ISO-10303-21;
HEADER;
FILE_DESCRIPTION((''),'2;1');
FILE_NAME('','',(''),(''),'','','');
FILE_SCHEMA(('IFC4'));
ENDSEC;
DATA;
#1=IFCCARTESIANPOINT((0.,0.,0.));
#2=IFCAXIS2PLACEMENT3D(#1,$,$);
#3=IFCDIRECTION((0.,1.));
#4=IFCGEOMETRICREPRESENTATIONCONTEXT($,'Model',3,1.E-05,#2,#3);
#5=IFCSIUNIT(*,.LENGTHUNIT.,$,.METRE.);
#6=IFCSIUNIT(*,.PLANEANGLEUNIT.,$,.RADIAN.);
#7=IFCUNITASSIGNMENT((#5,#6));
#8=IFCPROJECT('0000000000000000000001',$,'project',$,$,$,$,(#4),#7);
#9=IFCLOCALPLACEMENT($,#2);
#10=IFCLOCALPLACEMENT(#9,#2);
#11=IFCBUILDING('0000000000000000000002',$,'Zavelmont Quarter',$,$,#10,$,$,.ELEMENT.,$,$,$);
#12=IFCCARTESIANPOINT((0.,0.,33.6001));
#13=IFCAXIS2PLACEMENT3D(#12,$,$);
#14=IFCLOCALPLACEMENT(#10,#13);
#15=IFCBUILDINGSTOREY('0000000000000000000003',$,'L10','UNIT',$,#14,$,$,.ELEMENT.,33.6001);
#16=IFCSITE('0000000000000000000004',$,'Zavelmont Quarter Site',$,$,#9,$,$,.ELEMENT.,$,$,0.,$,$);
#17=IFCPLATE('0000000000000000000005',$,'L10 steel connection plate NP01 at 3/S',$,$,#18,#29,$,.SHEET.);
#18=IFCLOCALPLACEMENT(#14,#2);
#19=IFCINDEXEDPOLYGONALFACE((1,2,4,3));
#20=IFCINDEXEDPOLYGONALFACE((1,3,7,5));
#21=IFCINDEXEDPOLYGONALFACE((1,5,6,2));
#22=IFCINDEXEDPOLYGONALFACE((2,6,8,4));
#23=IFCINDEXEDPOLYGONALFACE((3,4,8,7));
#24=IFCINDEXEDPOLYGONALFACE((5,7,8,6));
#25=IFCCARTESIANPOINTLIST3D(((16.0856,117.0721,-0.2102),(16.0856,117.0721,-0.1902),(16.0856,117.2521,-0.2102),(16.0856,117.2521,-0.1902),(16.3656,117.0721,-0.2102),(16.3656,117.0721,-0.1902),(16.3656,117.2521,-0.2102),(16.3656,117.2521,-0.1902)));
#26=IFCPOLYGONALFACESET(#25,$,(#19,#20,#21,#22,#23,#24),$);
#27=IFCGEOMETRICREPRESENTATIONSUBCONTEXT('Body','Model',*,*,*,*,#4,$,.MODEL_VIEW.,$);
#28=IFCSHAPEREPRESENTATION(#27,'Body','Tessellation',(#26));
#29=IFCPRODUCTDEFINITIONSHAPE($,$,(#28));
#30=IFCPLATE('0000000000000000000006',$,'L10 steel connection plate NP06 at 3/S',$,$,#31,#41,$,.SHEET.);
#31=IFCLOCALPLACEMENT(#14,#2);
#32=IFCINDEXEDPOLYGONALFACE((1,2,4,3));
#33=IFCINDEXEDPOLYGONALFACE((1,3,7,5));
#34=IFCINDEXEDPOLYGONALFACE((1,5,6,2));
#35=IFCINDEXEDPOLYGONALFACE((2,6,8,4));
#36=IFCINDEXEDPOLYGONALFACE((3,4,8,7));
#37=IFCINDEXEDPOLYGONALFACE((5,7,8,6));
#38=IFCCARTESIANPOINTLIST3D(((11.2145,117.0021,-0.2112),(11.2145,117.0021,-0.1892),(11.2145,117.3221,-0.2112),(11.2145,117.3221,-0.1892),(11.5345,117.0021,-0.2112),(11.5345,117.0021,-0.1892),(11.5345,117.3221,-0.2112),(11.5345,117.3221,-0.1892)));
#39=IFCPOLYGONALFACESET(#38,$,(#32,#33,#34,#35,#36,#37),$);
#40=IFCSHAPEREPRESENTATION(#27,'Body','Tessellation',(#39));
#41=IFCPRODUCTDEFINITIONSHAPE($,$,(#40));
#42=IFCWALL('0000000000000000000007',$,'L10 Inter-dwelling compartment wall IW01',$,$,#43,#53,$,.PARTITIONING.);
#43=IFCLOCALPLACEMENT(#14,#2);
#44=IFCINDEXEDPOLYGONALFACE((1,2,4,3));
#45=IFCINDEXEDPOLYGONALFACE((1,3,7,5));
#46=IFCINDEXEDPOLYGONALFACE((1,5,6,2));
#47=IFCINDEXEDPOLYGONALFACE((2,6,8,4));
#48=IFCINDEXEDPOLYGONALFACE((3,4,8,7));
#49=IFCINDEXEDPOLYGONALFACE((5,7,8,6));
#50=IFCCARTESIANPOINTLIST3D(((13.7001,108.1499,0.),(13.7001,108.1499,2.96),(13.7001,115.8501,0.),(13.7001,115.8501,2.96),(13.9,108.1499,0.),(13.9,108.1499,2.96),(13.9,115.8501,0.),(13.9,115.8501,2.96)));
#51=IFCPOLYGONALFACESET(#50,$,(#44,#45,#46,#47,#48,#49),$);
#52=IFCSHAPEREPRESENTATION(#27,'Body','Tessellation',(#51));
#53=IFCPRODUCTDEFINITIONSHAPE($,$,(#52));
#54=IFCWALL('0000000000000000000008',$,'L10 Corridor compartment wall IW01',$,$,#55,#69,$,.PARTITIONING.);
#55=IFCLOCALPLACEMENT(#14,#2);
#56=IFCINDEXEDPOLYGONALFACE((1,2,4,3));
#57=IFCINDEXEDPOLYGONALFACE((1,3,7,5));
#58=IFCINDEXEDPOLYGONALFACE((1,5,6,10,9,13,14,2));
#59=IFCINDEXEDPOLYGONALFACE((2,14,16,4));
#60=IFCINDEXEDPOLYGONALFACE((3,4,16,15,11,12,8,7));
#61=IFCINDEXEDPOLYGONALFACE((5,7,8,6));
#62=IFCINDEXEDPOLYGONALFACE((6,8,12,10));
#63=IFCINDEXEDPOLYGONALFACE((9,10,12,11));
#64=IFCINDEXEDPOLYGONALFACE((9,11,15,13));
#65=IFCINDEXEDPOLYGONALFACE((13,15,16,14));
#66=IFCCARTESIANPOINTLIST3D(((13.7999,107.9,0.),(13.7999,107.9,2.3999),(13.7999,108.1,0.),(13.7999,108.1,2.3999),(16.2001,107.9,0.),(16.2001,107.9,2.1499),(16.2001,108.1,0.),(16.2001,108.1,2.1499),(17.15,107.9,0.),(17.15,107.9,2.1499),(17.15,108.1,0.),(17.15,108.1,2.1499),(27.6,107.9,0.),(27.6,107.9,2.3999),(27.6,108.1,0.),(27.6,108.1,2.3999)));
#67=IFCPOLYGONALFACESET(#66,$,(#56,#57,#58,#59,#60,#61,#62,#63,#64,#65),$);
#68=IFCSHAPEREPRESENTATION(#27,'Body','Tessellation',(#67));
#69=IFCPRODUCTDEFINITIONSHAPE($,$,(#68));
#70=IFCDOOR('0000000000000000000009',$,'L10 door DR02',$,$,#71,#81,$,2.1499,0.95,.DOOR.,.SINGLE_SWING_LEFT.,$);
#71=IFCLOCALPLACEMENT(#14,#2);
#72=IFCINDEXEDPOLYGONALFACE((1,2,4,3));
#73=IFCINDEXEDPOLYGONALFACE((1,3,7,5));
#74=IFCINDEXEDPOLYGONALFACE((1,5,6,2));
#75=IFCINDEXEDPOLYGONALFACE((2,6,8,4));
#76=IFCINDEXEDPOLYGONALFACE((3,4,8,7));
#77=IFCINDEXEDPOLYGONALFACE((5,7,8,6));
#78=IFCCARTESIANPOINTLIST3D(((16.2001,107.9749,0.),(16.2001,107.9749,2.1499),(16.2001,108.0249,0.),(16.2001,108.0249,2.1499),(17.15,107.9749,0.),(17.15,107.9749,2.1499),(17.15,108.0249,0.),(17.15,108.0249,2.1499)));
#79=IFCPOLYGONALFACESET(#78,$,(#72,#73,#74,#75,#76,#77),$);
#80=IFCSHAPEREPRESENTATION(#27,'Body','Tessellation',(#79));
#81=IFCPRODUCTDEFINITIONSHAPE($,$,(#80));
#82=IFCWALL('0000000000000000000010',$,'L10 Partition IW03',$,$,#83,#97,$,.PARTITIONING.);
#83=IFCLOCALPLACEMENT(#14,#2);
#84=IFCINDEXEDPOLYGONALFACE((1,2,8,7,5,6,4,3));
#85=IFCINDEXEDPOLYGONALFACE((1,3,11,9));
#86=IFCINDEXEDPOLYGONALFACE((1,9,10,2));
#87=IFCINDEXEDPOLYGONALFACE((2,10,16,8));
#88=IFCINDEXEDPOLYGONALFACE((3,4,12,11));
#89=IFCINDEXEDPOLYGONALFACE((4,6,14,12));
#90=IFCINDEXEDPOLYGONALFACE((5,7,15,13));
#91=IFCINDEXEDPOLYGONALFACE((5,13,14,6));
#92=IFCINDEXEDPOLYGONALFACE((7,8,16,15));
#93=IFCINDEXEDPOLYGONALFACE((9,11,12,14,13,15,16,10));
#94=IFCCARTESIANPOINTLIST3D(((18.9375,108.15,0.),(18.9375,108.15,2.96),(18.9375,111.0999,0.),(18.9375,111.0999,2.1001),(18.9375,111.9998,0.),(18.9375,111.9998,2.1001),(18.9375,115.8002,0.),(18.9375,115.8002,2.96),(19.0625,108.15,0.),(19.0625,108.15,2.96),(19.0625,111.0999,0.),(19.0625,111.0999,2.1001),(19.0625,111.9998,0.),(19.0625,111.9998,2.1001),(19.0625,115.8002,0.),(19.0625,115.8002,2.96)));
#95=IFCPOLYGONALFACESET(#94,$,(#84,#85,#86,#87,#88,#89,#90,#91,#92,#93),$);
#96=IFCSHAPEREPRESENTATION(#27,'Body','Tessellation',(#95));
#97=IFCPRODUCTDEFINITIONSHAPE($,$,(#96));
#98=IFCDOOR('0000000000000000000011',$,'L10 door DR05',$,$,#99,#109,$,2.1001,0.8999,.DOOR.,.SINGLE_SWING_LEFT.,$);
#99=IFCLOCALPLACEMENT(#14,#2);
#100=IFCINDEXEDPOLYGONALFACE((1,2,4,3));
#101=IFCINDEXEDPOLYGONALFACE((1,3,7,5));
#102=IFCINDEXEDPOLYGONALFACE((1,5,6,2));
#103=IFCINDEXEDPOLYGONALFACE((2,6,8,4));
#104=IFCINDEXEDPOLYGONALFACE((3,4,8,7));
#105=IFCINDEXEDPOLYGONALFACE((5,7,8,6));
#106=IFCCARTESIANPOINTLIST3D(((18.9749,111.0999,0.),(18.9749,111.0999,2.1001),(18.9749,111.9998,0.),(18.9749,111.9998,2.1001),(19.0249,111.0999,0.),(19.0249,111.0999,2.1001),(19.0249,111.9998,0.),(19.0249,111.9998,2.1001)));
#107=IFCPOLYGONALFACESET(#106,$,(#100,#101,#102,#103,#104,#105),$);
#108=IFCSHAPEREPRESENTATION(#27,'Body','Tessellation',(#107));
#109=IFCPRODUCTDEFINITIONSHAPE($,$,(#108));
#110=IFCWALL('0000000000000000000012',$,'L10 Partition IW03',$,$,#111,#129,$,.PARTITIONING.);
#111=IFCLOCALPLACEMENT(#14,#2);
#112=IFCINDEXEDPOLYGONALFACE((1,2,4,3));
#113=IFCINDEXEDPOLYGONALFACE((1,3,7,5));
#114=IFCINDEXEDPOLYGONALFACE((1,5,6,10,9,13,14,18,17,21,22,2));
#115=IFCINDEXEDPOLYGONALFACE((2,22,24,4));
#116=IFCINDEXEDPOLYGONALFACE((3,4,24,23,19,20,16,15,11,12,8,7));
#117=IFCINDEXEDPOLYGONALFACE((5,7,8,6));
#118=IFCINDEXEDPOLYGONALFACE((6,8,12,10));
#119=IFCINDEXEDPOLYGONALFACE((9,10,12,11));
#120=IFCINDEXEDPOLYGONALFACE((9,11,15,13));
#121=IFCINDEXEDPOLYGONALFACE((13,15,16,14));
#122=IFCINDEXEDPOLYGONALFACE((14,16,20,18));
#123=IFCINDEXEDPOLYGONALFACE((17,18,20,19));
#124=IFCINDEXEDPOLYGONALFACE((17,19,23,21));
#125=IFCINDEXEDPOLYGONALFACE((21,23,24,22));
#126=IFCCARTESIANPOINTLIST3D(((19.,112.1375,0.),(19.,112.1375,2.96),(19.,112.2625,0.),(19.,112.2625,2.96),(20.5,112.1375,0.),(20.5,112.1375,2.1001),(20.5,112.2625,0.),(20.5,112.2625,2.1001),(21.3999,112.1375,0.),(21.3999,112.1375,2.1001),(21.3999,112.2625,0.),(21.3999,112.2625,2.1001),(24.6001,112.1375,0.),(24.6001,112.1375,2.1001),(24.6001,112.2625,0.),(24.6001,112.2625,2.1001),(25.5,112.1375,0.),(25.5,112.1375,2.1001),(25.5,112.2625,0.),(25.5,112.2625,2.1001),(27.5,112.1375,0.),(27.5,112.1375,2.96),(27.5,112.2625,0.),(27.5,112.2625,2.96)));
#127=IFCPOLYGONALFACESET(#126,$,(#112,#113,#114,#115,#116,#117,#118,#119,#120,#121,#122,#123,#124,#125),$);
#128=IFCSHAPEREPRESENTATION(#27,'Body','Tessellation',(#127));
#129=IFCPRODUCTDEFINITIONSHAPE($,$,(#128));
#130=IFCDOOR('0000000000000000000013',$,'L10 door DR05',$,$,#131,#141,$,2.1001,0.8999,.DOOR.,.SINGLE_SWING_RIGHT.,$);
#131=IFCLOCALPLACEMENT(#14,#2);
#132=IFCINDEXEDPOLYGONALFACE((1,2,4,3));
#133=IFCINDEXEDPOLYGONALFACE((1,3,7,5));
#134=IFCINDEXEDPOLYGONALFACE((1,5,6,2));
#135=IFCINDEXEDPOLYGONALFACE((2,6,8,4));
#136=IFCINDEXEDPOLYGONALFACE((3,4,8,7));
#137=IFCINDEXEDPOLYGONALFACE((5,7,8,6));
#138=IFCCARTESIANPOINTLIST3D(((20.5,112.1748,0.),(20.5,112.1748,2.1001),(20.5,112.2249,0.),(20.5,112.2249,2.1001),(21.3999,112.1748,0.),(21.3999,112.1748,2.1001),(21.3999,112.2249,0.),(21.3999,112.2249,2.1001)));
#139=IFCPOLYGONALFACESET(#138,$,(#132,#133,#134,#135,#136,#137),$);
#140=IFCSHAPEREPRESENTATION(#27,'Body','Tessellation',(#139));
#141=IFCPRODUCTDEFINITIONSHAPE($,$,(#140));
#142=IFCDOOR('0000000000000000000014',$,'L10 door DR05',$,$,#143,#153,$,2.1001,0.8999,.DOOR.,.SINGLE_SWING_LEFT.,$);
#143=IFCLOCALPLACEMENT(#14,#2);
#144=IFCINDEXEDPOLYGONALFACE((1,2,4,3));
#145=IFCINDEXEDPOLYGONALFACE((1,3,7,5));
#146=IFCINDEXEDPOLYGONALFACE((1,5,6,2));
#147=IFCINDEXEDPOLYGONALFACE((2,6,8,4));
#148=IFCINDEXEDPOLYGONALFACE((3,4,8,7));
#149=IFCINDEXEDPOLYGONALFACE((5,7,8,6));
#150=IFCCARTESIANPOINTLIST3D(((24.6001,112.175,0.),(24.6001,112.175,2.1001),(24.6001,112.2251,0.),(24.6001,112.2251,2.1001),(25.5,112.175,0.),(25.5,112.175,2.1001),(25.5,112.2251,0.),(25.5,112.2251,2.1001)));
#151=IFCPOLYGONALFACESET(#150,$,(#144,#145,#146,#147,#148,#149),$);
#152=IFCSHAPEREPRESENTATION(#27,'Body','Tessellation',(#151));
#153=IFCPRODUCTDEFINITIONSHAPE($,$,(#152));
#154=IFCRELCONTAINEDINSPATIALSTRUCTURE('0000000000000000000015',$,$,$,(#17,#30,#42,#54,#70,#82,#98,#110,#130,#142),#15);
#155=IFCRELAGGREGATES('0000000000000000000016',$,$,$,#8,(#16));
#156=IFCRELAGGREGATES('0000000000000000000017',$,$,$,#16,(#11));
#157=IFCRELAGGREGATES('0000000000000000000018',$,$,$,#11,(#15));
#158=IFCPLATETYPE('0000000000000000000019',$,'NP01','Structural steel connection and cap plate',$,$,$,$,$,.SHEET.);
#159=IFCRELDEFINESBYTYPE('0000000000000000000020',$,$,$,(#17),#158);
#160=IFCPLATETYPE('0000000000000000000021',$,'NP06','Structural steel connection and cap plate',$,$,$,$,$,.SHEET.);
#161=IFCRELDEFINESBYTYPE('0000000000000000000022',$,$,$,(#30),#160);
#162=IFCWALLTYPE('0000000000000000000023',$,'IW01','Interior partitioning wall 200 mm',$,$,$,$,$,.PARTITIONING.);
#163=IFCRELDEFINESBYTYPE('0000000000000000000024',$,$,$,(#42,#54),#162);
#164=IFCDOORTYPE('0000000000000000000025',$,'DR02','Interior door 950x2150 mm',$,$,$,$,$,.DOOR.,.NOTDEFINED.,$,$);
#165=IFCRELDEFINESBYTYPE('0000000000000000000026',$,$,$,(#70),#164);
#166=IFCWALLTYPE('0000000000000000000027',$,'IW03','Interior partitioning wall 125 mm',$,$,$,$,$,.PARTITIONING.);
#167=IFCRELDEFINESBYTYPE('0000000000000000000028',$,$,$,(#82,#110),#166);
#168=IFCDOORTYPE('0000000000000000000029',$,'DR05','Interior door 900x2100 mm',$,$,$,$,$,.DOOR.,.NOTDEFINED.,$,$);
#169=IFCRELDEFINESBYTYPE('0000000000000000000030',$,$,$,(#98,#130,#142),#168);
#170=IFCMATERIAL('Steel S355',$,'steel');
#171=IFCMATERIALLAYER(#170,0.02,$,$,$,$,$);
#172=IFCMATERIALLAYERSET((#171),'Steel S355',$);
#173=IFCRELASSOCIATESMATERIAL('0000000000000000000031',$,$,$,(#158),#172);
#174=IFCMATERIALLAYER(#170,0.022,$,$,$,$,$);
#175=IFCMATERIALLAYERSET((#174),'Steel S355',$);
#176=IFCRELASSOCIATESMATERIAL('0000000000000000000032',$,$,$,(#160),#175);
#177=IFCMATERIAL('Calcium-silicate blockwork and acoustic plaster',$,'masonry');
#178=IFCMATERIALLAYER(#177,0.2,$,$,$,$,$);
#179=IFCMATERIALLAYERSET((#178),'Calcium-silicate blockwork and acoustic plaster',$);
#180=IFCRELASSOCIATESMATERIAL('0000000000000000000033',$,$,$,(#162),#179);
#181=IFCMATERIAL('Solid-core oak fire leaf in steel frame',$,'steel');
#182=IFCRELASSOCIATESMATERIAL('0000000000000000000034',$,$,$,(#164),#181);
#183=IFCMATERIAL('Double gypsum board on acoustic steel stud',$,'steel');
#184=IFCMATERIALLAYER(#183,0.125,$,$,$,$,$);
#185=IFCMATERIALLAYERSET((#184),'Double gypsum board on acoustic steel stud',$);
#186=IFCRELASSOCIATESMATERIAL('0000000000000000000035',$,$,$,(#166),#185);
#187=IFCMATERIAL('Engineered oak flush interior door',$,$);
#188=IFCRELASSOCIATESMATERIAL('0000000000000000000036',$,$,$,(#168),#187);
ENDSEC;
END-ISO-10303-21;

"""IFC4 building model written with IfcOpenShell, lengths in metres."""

from ifc_helpers import new_model, si_unit, direction, frame, frame_2d, origin, origin_with_axes, origin_2d, place, context, subcontext, project, spatial, rectangle, extrude, material, layer, layer_set, type_object, element, fill, save


model = new_model("IFC4")

# Units and contexts
model_context = context("Model", 3, precision=1e-05, world=origin(), true_north=direction((0.0, 1.0)))
body_context = subcontext(model_context, "Body", "Model", "MODEL_VIEW")
ifc_project = project(units=[si_unit("LENGTHUNIT", "METRE"), si_unit("PLANEANGLEUNIT", "RADIAN")], contexts=[model_context])

# Site, building, storey
site_placement = place(None, origin())
site = spatial("IfcSite", under=ifc_project, at=site_placement, Name="Zavelmont Quarter Site", CompositionType="ELEMENT", RefElevation=0.0)
building_placement = place(site_placement, origin())
building = spatial("IfcBuilding", under=site, at=building_placement, Name="Zavelmont Quarter", CompositionType="ELEMENT")
storey_placement = place(building_placement, frame((0.0, 0.0, 33.6001)))
storey = spatial("IfcBuildingStorey", under=building, at=storey_placement, Name="L10", Description="UNIT", CompositionType="ELEMENT", Elevation=33.6001)

# Shared definitions
ifc_material_1 = material(Name="Steel S355", Category="steel")

# Plates
ifc_layer_1 = layer(ifc_material_1, 0.02)
ifc_layer_set_1 = layer_set([ifc_layer_1], Name="Steel S355")
plate_type_1 = type_object("IfcPlateType", Name="NP01", Description="Structural steel connection and cap plate", PredefinedType="SHEET", material=ifc_layer_set_1)
plate_1_placement = place(storey_placement, frame((16.2256, 117.1621, -0.2102), z_axis=(0.0, 0.0, 1.0), x_axis=(1.0, 0.0, 0.0)))
element("IfcPlate", 1, at=plate_1_placement, inside=storey, type_object=plate_type_1, Name="L10 steel connection plate NP01 at 3/S", PredefinedType="SHEET", context=body_context, shape_type="SweptSolid", body=[
    extrude(rectangle(XDim=0.28, YDim=0.1799, at=origin_2d()), origin(), (0.0, 0.0, 1.0), 0.02),
])
ifc_layer_2 = layer(ifc_material_1, 0.022)
ifc_layer_set_2 = layer_set([ifc_layer_2], Name="Steel S355")
plate_type_2 = type_object("IfcPlateType", Name="NP06", Description="Structural steel connection and cap plate", PredefinedType="SHEET", material=ifc_layer_set_2)
plate_2_placement = place(storey_placement, frame((11.3745, 117.1621, -0.2112), z_axis=(0.0, 0.0, 1.0), x_axis=(1.0, 0.0, 0.0)))
element("IfcPlate", 2, at=plate_2_placement, inside=storey, type_object=plate_type_2, Name="L10 steel connection plate NP06 at 3/S", PredefinedType="SHEET", context=body_context, shape_type="SweptSolid", body=[
    extrude(rectangle(XDim=0.3201, YDim=0.3201, at=origin_2d()), origin(), (0.0, 0.0, 1.0), 0.022),
])

# Wall
ifc_material_2 = material(Name="Calcium-silicate blockwork and acoustic plaster", Category="masonry")
ifc_layer_3 = layer(ifc_material_2, 0.2)
ifc_layer_set_3 = layer_set([ifc_layer_3], Name="Calcium-silicate blockwork and acoustic plaster")
wall_type_1 = type_object("IfcWallType", Name="IW01", Description="Interior partitioning wall 200 mm", PredefinedType="PARTITIONING", material=ifc_layer_set_3)
wall_1_placement = place(storey_placement, frame((13.8, 108.1499, 0.0), z_axis=(0.0, 0.0, 1.0), x_axis=(0.0, 1.0, 0.0)))
element("IfcWall", 3, at=wall_1_placement, inside=storey, type_object=wall_type_1, Name="L10 Inter-dwelling compartment wall IW01", PredefinedType="PARTITIONING", context=body_context, shape_type="SweptSolid", body=[
    extrude(rectangle(XDim=7.7002, YDim=0.2, at=frame_2d((3.8501, 0.0))), origin(), (0.0, 0.0, 1.0), 2.96),
])

# Walls, openings, doors
wall_2_placement = place(storey_placement, frame((13.8, 108.0, 0.0), z_axis=(0.0, 0.0, 1.0), x_axis=(1.0, 0.0, 0.0)))
wall_2 = element("IfcWall", 4, at=wall_2_placement, inside=storey, type_object=wall_type_1, Name="L10 Corridor compartment wall IW01", PredefinedType="PARTITIONING", context=body_context, shape_type="SweptSolid", body=[
    extrude(rectangle(XDim=13.8, YDim=0.2, at=frame_2d((6.8999, 0.0))), origin(), (0.0, 0.0, 1.0), 2.3999),
])
opening_1_placement = place(wall_2_placement, frame((2.3999, 0.0, 0.0)))
opening_1 = element("IfcOpeningElement", 5, at=opening_1_placement, cuts=wall_2, PredefinedType="OPENING", context=body_context, shape_type="SweptSolid", body=[
    extrude(rectangle(XDim=0.95, YDim=2.1499, at=frame_2d((0.4751, 1.075))), frame((0.0, 0.1118, 0.0), z_axis=(0.0, -1.0, 0.0), x_axis=(1.0, 0.0, 0.0)), (0.0, 0.0, 1.0), 0.2239),
])
ifc_material_3 = material(Name="Solid-core oak fire leaf in steel frame", Category="steel")
door_type_1 = type_object("IfcDoorType", Name="DR02", Description="Interior door 950x2150 mm", OperationType="NOTDEFINED", PredefinedType="DOOR", material=ifc_material_3)
door_1_placement = place(opening_1_placement, origin_with_axes())
door_1 = element("IfcDoor", 6, at=door_1_placement, inside=storey, type_object=door_type_1, Name="L10 door DR02", OperationType="SINGLE_SWING_LEFT", OverallHeight=2.1499, OverallWidth=0.95, PredefinedType="DOOR", context=body_context, shape_type="SweptSolid", body=[
    extrude(rectangle(XDim=0.95, YDim=2.1499, at=frame_2d((0.4751, 1.075))), frame((0.0, 0.0249, 0.0), z_axis=(0.0, -1.0, 0.0), x_axis=(1.0, 0.0, 0.0)), (0.0, 0.0, 1.0), 0.05),
])
fill(opening_1, door_1)
ifc_material_4 = material(Name="Double gypsum board on acoustic steel stud", Category="steel")
ifc_layer_4 = layer(ifc_material_4, 0.125)
ifc_layer_set_4 = layer_set([ifc_layer_4], Name="Double gypsum board on acoustic steel stud")
wall_type_2 = type_object("IfcWallType", Name="IW03", Description="Interior partitioning wall 125 mm", PredefinedType="PARTITIONING", material=ifc_layer_set_4)
wall_3_placement = place(storey_placement, frame((19.0, 108.1499, 0.0), z_axis=(0.0, 0.0, 1.0), x_axis=(0.0, 1.0, 0.0)))
wall_3 = element("IfcWall", 7, at=wall_3_placement, inside=storey, type_object=wall_type_2, Name="L10 Partition IW03", PredefinedType="PARTITIONING", context=body_context, shape_type="SweptSolid", body=[
    extrude(rectangle(XDim=7.6501, YDim=0.125, at=frame_2d((3.8252, 0.0))), origin(), (0.0, 0.0, 1.0), 2.96),
])
opening_2_placement = place(wall_3_placement, frame((2.95, 0.0, 0.0)))
opening_2 = element("IfcOpeningElement", 8, at=opening_2_placement, cuts=wall_3, PredefinedType="OPENING", context=body_context, shape_type="SweptSolid", body=[
    extrude(rectangle(XDim=0.8999, YDim=2.1001, at=frame_2d((0.45, 1.05))), frame((0.0, 0.0745, 0.0), z_axis=(0.0, -1.0, 0.0), x_axis=(1.0, 0.0, 0.0)), (0.0, 0.0, 1.0), 0.1489),
])
ifc_material_5 = material(Name="Engineered oak flush interior door")
door_type_2 = type_object("IfcDoorType", Name="DR05", Description="Interior door 900x2100 mm", OperationType="NOTDEFINED", PredefinedType="DOOR", material=ifc_material_5)
door_2_placement = place(opening_2_placement, frame((0.8999, 0.0, 0.0), z_axis=(0.0, 0.0, 1.0), x_axis=(-1.0, 0.0, 0.0)))
door_2 = element("IfcDoor", 9, at=door_2_placement, inside=storey, type_object=door_type_2, Name="L10 door DR05", OperationType="SINGLE_SWING_LEFT", OverallHeight=2.1001, OverallWidth=0.8999, PredefinedType="DOOR", context=body_context, shape_type="SweptSolid", body=[
    extrude(rectangle(XDim=0.8999, YDim=2.1001, at=frame_2d((0.45, 1.05))), frame((0.0, 0.0249, 0.0), z_axis=(0.0, -1.0, 0.0), x_axis=(1.0, 0.0, 0.0)), (0.0, 0.0, 1.0), 0.05),
])
fill(opening_2, door_2)

# Wall, openings, doors
wall_4_placement = place(storey_placement, frame((19.0, 112.2, 0.0), z_axis=(0.0, 0.0, 1.0), x_axis=(1.0, 0.0, 0.0)))
wall_4 = element("IfcWall", 10, at=wall_4_placement, inside=storey, type_object=wall_type_2, Name="L10 Partition IW03", PredefinedType="PARTITIONING", context=body_context, shape_type="SweptSolid", body=[
    extrude(rectangle(XDim=8.5, YDim=0.125, at=frame_2d((4.25, 0.0))), origin(), (0.0, 0.0, 1.0), 2.96),
])
opening_3_placement = place(wall_4_placement, frame((1.5, 0.0, 0.0)))
opening_3 = element("IfcOpeningElement", 11, at=opening_3_placement, cuts=wall_4, PredefinedType="OPENING", context=body_context, shape_type="SweptSolid", body=[
    extrude(rectangle(XDim=0.8999, YDim=2.1001, at=frame_2d((0.45, 1.05))), frame((0.0, 0.0745, 0.0), z_axis=(0.0, -1.0, 0.0), x_axis=(1.0, 0.0, 0.0)), (0.0, 0.0, 1.0), 0.1489),
])
opening_4_placement = place(wall_4_placement, frame((5.6001, 0.0, 0.0)))
opening_4 = element("IfcOpeningElement", 12, at=opening_4_placement, cuts=wall_4, PredefinedType="OPENING", context=body_context, shape_type="SweptSolid", body=[
    extrude(rectangle(XDim=0.8999, YDim=2.1001, at=frame_2d((0.45, 1.05))), frame((0.0, 0.0745, 0.0), z_axis=(0.0, -1.0, 0.0), x_axis=(1.0, 0.0, 0.0)), (0.0, 0.0, 1.0), 0.1489),
])
door_3_placement = place(opening_3_placement, origin_with_axes())
door_3 = element("IfcDoor", 13, at=door_3_placement, inside=storey, type_object=door_type_2, Name="L10 door DR05", OperationType="SINGLE_SWING_RIGHT", OverallHeight=2.1001, OverallWidth=0.8999, PredefinedType="DOOR", context=body_context, shape_type="SweptSolid", body=[
    extrude(rectangle(XDim=0.8999, YDim=2.1001, at=frame_2d((0.45, 1.05))), frame((0.0, 0.0249, 0.0), z_axis=(0.0, -1.0, 0.0), x_axis=(1.0, 0.0, 0.0)), (0.0, 0.0, 1.0), 0.05),
])
fill(opening_3, door_3)
door_4_placement = place(opening_4_placement, frame((0.8999, 0.0, 0.0), z_axis=(0.0, 0.0, 1.0), x_axis=(-1.0, 0.0, 0.0)))
door_4 = element("IfcDoor", 14, at=door_4_placement, inside=storey, type_object=door_type_2, Name="L10 door DR05", OperationType="SINGLE_SWING_LEFT", OverallHeight=2.1001, OverallWidth=0.8999, PredefinedType="DOOR", context=body_context, shape_type="SweptSolid", body=[
    extrude(rectangle(XDim=0.8999, YDim=2.1001, at=frame_2d((0.45, 1.05))), frame((0.0, 0.0249, 0.0), z_axis=(0.0, -1.0, 0.0), x_axis=(1.0, 0.0, 0.0)), (0.0, 0.0, 1.0), 0.05),
])
fill(opening_4, door_4)

save(model, "model.ifc")
